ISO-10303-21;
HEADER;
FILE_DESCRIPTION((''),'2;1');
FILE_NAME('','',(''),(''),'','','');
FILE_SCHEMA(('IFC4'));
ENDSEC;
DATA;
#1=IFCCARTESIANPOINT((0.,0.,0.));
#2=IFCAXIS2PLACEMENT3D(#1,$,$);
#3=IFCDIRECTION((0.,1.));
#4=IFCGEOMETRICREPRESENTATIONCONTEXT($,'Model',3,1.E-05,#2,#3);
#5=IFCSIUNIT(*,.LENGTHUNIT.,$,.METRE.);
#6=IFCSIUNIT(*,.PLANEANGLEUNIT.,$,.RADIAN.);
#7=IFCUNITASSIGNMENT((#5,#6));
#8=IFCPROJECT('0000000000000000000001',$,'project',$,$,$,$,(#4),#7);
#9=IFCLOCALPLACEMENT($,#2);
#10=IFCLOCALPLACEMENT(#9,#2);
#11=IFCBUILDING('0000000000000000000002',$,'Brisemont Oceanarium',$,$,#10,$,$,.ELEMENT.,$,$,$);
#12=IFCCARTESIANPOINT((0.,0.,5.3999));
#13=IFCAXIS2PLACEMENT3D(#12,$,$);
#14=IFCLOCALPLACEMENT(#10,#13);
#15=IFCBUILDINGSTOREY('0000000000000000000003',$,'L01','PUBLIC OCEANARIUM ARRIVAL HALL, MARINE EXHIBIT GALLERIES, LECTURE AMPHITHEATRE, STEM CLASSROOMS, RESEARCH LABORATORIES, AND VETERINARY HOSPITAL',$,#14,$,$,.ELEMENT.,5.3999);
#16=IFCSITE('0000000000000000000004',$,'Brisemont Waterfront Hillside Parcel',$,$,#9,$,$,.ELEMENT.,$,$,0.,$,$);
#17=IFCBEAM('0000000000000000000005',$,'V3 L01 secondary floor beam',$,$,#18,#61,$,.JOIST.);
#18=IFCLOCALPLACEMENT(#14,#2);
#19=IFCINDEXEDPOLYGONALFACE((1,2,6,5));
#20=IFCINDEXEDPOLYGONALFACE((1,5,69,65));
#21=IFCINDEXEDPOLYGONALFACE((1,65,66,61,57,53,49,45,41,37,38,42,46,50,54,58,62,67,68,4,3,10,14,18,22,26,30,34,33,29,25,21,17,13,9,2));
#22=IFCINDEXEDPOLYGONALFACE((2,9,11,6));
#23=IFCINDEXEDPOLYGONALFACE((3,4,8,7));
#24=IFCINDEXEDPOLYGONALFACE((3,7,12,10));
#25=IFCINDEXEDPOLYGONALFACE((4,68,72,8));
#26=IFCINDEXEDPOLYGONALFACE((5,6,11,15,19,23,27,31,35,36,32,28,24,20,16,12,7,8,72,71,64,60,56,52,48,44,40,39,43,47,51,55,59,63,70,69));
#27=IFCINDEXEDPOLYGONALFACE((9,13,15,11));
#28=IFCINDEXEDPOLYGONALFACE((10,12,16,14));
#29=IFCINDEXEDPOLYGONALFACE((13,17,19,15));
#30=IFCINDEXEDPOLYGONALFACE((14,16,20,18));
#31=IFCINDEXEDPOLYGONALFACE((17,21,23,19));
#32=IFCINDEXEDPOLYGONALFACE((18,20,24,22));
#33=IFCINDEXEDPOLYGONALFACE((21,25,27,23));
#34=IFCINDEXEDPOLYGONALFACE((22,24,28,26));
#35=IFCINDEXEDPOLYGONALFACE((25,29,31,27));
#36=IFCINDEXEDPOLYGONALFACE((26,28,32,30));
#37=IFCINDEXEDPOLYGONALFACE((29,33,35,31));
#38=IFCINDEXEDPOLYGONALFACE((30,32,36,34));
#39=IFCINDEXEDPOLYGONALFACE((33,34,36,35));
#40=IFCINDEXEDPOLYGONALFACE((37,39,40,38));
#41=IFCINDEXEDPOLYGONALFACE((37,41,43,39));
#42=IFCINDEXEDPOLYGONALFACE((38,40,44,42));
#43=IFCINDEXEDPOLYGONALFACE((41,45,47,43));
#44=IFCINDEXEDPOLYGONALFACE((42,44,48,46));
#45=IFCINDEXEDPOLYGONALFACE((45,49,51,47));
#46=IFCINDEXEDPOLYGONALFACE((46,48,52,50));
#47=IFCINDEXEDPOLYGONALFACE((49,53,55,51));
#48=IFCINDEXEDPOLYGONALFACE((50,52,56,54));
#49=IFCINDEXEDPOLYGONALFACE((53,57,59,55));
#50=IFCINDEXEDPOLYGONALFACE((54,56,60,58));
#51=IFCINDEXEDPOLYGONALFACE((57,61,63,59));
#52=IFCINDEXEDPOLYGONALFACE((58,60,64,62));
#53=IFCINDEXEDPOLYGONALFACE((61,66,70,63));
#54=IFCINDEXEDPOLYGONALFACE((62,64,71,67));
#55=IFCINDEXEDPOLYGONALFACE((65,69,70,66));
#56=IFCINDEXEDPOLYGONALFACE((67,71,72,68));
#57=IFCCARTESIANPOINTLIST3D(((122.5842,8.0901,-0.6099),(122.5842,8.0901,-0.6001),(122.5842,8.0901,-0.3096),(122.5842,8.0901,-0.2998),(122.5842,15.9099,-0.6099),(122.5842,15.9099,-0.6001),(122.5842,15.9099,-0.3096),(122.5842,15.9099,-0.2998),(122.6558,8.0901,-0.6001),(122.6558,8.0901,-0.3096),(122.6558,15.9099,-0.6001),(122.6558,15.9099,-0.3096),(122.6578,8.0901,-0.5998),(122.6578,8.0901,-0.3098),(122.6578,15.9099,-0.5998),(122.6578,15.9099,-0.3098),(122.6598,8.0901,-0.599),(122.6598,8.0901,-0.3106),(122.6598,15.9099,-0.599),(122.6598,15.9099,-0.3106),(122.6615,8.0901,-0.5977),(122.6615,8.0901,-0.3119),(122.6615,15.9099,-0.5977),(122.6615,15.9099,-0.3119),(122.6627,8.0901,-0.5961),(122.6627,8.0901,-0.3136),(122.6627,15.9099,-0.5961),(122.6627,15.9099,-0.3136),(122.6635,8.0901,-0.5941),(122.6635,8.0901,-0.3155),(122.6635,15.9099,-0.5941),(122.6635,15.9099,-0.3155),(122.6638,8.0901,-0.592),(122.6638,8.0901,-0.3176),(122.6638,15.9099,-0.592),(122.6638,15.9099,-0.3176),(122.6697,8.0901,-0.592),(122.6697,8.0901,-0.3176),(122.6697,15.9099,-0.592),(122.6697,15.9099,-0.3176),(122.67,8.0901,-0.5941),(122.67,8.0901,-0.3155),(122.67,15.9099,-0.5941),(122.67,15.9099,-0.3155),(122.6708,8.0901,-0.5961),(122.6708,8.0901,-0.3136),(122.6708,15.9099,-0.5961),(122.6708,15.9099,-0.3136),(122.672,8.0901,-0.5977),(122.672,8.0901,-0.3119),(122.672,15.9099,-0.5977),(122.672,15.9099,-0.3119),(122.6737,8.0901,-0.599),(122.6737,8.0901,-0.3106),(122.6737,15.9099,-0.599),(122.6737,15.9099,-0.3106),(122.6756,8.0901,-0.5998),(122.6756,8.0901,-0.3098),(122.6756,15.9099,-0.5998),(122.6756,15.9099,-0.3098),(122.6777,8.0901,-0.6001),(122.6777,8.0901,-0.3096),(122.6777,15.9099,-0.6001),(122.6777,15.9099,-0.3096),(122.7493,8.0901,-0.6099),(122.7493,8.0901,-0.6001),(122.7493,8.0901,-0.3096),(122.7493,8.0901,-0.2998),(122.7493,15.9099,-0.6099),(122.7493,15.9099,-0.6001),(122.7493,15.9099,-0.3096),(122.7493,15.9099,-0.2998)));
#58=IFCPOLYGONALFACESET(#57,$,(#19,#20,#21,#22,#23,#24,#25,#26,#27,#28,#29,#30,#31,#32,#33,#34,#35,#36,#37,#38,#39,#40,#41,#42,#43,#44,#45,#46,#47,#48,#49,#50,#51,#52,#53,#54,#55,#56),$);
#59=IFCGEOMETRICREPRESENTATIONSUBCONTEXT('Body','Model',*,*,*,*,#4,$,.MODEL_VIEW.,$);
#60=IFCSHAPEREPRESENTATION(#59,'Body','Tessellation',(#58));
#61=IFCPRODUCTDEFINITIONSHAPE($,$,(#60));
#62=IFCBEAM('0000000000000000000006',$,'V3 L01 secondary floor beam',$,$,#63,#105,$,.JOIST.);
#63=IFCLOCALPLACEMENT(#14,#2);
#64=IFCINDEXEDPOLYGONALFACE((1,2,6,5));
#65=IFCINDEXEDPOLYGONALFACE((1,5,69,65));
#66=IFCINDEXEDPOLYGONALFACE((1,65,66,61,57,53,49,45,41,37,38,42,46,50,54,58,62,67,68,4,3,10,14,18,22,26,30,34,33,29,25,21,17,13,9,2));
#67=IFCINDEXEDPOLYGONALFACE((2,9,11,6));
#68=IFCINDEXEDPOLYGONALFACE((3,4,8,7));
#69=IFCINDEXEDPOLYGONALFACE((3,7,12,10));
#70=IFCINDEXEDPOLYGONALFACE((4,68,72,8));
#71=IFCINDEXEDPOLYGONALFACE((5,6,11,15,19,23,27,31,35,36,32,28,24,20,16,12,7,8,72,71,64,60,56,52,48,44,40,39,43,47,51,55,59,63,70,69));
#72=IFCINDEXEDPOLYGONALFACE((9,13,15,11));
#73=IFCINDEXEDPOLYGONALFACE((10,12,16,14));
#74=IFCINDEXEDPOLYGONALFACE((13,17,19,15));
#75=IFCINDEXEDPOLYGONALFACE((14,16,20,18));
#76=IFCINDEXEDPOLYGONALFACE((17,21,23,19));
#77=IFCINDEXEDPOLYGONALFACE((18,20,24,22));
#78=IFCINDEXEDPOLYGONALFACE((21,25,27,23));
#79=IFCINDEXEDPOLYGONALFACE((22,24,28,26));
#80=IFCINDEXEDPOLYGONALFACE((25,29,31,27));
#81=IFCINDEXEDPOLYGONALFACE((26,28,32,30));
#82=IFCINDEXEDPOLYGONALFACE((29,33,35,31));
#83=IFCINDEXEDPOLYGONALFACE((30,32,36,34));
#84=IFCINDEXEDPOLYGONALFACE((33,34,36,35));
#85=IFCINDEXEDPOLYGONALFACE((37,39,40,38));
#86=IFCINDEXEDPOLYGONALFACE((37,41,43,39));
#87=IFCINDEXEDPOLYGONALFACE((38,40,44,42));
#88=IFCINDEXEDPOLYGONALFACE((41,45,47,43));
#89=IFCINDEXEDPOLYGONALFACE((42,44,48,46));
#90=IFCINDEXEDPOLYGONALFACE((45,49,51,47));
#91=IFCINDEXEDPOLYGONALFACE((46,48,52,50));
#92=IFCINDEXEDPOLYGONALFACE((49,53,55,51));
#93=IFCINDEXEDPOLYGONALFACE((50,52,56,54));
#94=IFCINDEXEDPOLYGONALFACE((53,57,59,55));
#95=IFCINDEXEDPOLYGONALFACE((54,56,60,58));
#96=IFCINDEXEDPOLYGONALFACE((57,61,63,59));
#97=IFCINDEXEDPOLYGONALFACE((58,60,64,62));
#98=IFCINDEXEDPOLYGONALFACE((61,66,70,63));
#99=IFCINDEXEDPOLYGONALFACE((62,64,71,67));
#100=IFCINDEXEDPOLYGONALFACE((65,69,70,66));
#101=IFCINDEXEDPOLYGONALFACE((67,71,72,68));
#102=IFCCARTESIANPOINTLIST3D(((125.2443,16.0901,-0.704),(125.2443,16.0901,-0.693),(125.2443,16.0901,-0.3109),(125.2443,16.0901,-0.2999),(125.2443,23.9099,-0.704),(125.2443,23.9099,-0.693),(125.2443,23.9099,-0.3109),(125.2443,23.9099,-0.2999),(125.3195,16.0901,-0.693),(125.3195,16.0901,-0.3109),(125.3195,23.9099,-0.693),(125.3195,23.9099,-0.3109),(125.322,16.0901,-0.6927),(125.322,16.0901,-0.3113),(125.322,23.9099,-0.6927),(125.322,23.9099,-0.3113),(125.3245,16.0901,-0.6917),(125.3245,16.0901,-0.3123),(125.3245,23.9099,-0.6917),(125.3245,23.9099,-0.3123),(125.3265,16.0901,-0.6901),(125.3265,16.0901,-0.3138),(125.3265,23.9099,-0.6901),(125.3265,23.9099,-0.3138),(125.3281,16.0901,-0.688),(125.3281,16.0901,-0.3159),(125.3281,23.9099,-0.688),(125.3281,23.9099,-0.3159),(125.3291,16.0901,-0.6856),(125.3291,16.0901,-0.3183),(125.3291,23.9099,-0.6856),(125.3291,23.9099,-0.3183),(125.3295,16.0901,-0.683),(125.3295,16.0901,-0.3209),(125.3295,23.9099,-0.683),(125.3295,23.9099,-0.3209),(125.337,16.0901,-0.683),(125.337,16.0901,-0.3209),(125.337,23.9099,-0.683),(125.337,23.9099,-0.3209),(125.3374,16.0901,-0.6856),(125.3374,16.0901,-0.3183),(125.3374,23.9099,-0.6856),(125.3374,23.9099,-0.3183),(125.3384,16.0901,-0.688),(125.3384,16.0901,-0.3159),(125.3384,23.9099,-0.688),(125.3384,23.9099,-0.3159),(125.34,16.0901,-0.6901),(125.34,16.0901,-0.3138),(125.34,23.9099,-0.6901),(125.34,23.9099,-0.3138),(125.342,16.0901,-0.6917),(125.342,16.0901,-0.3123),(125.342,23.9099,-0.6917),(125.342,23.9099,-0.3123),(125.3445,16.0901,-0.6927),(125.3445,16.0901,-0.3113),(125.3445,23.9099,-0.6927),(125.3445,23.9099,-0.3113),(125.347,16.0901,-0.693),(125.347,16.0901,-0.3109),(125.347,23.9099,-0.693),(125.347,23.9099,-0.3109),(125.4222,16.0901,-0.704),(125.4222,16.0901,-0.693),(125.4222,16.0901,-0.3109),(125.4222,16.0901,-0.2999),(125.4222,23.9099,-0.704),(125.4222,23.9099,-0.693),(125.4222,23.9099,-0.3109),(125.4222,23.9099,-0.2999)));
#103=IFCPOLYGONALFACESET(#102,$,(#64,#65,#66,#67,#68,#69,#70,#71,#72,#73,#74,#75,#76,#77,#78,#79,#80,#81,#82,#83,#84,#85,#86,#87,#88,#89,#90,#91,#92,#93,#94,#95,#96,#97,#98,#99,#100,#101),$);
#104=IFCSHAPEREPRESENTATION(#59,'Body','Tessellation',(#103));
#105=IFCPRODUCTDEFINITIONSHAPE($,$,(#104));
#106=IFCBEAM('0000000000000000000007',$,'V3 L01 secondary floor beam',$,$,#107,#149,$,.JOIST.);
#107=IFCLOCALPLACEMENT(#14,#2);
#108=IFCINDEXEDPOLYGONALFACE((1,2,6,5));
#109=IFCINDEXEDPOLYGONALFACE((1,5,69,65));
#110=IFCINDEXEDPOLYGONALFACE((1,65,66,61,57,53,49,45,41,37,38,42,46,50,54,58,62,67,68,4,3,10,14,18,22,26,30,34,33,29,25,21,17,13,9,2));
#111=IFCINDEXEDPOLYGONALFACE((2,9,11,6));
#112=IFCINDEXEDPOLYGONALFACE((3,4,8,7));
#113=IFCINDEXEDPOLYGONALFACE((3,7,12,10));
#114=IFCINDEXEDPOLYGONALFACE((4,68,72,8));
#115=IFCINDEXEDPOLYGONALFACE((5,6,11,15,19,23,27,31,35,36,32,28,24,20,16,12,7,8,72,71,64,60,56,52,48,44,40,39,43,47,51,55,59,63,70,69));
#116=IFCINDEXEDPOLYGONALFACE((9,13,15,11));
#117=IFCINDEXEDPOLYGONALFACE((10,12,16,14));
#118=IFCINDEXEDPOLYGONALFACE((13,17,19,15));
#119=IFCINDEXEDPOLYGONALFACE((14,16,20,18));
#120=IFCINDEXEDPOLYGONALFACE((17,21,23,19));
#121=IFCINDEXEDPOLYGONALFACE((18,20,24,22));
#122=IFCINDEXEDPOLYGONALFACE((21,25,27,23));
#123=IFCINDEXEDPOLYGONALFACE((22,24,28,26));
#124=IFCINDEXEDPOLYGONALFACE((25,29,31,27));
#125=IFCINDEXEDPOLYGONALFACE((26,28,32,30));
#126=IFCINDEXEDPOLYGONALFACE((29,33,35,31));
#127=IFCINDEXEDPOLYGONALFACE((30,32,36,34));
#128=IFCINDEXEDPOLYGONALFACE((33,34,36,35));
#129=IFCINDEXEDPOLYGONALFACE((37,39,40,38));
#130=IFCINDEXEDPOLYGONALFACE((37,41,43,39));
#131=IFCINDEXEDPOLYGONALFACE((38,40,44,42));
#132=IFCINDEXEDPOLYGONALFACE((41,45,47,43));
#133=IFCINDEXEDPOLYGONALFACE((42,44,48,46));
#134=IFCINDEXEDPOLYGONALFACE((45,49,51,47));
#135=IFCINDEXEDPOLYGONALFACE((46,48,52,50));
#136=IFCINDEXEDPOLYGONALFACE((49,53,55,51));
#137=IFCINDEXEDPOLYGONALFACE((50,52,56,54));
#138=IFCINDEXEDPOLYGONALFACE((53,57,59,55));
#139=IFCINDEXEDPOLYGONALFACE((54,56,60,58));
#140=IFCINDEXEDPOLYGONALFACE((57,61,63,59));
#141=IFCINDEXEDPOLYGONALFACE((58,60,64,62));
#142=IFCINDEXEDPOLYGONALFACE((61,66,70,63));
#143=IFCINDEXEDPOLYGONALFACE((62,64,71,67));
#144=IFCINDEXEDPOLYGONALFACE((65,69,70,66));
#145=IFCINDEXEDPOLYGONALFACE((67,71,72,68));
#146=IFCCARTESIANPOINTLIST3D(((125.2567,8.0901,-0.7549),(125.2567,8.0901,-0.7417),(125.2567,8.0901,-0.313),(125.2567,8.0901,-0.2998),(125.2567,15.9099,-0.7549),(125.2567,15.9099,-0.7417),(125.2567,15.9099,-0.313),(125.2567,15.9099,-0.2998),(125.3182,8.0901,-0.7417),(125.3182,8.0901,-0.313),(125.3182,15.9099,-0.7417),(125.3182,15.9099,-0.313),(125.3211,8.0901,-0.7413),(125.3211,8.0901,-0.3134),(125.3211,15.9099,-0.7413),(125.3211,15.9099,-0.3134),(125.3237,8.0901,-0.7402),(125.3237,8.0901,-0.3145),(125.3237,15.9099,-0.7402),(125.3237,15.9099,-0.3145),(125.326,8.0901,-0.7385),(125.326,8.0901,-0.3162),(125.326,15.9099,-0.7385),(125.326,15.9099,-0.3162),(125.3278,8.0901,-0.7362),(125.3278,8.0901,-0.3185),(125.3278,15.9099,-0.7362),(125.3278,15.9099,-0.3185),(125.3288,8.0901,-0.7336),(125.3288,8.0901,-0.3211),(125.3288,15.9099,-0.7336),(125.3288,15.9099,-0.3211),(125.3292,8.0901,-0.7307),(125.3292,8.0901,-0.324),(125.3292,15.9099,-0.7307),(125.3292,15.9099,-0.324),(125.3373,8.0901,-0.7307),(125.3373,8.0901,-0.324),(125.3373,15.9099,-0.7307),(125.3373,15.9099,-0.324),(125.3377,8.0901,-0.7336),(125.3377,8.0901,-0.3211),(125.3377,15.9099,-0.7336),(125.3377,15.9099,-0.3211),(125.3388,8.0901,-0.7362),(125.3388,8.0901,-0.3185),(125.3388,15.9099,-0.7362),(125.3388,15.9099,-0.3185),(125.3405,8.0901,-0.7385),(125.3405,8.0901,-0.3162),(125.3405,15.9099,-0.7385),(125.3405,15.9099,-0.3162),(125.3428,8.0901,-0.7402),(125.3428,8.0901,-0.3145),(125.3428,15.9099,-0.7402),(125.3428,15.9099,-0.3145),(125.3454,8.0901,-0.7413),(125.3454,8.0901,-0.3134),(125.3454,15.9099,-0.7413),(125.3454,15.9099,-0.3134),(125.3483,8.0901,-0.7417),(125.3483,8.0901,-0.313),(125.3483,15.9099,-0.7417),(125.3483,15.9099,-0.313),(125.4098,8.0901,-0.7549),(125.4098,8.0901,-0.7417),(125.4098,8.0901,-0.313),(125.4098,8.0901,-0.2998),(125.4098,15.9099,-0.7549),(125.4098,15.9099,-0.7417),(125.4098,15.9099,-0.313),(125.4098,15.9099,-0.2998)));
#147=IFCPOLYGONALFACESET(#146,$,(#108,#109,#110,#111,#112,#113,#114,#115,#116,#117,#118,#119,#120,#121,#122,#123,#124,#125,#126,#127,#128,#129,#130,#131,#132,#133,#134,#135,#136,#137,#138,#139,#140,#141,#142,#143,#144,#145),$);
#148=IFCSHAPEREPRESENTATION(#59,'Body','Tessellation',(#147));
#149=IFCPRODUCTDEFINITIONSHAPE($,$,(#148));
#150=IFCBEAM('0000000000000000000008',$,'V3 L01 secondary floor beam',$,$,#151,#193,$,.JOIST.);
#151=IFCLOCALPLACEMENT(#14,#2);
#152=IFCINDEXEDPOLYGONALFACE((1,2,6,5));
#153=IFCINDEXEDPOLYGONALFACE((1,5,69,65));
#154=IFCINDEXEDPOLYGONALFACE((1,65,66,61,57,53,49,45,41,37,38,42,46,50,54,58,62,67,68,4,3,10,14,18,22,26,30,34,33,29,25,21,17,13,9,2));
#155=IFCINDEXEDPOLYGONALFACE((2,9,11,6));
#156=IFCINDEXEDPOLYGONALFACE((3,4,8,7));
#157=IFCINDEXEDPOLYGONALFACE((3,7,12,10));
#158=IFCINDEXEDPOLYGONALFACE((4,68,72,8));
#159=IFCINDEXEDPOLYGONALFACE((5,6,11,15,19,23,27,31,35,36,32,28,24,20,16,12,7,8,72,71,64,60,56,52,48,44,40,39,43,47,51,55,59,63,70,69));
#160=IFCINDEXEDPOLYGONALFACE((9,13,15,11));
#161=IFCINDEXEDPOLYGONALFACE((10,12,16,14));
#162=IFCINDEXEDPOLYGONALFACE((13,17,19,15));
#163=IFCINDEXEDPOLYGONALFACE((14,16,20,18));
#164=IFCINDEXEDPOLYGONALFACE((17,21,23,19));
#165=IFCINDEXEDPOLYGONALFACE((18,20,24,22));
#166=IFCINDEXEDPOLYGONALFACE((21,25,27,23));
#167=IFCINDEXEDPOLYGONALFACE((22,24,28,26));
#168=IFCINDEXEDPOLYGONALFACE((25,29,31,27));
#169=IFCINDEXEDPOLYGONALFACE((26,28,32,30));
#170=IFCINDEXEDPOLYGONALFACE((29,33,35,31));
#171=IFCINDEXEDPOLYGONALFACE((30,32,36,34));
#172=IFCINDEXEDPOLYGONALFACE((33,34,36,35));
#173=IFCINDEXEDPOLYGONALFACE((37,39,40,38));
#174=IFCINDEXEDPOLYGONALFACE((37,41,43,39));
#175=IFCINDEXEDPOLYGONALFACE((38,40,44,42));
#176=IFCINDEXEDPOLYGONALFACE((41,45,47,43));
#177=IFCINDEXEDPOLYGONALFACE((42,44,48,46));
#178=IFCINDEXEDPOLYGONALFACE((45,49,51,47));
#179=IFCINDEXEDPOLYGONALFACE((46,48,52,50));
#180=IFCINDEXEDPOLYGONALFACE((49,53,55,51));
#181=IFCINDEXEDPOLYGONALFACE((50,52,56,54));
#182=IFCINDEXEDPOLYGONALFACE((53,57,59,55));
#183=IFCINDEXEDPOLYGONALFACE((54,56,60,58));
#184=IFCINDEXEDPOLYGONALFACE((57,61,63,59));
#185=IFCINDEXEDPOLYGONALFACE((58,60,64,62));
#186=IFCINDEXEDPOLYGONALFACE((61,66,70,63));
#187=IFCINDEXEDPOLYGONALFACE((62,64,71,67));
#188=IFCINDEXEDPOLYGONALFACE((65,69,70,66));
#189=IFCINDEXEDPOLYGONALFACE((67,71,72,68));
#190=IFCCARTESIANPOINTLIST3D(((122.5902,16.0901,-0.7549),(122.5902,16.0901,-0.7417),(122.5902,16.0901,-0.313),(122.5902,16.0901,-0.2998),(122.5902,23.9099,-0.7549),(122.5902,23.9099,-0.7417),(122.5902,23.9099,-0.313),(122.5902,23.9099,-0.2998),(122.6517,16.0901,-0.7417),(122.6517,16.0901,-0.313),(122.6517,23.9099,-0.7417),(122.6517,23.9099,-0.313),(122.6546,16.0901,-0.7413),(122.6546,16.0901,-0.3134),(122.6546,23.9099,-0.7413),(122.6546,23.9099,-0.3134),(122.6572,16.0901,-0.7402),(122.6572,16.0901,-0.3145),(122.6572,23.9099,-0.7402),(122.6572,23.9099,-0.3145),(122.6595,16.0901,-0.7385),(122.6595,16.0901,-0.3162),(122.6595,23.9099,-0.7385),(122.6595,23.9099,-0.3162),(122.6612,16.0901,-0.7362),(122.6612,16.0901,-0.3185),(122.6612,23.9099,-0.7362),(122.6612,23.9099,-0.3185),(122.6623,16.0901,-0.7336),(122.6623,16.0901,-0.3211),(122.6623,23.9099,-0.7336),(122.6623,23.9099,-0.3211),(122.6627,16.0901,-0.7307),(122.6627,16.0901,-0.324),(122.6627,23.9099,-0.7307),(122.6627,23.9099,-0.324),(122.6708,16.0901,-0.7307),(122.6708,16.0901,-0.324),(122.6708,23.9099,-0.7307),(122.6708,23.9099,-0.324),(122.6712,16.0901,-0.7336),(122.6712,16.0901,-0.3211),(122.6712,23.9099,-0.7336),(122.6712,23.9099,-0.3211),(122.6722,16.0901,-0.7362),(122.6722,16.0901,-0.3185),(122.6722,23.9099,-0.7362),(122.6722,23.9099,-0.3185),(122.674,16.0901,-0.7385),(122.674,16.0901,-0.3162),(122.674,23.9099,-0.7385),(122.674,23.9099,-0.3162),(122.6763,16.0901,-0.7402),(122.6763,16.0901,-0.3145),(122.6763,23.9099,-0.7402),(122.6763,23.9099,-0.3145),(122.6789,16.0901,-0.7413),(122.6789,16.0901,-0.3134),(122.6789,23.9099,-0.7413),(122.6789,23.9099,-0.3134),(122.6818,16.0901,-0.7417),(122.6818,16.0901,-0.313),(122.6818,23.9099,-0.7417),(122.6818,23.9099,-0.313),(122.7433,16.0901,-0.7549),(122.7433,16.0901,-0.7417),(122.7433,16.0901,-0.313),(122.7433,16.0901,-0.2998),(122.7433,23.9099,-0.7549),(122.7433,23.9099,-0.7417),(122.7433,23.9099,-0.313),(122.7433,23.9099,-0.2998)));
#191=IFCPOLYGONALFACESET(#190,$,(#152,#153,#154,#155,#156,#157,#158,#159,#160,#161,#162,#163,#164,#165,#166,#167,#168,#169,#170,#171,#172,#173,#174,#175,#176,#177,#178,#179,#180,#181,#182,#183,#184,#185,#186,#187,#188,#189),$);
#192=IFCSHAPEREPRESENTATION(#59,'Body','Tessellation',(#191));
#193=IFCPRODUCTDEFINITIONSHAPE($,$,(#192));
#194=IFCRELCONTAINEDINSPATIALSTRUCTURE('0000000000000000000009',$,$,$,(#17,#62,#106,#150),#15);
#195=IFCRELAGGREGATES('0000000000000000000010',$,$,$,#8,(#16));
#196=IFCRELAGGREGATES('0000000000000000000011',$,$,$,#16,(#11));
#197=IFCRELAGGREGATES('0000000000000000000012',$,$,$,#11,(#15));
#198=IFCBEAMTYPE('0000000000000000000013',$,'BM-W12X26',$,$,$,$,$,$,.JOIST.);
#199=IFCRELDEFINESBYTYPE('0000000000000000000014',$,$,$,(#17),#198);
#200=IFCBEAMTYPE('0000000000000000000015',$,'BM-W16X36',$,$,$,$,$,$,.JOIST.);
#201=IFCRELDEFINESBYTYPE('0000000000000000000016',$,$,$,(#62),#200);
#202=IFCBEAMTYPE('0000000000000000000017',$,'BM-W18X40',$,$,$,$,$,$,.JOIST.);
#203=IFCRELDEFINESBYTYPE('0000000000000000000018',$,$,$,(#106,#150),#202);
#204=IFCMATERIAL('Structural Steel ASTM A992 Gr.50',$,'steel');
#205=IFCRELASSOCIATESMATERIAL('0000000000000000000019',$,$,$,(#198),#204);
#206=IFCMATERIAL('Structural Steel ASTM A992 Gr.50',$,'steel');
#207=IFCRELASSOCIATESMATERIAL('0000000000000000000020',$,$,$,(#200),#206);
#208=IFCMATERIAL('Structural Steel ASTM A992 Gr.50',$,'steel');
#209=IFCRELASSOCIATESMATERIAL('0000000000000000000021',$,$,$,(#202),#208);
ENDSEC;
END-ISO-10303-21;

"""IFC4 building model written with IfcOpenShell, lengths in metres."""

from ifc_helpers import new_model, si_unit, direction, frame, origin, origin_2d, place, context, subcontext, project, spatial, i_section, extrude, material, material_profile, profile_set, type_object, element, save


model = new_model("IFC4")

# Units and contexts
model_context = context("Model", 3, precision=1e-05, world=origin(), true_north=direction((0.0, 1.0)))
body_context = subcontext(model_context, "Body", "Model", "MODEL_VIEW")
ifc_project = project(units=[si_unit("LENGTHUNIT", "METRE"), si_unit("PLANEANGLEUNIT", "RADIAN")], contexts=[model_context])

# Site, building, storey
site_placement = place(None, origin())
site = spatial("IfcSite", under=ifc_project, at=site_placement, Name="Brisemont Waterfront Hillside Parcel", CompositionType="ELEMENT", RefElevation=0.0)
building_placement = place(site_placement, origin())
building = spatial("IfcBuilding", under=site, at=building_placement, Name="Brisemont Oceanarium", CompositionType="ELEMENT")
storey_placement = place(building_placement, frame((0.0, 0.0, 5.3999)))
storey = spatial("IfcBuildingStorey", under=building, at=storey_placement, Name="L01", Description="PUBLIC OCEANARIUM ARRIVAL HALL, MARINE EXHIBIT GALLERIES, LECTURE AMPHITHEATRE, STEM CLASSROOMS, RESEARCH LABORATORIES, AND VETERINARY HOSPITAL", CompositionType="ELEMENT", Elevation=5.3999)

# Beams
ifc_material_1 = material(Name="Structural Steel ASTM A992 Gr.50", Category="steel")
ifc_material_profile_1 = material_profile(ifc_material_1, i_section(OverallWidth=0.165, OverallDepth=0.3101, WebThickness=0.0059, FlangeThickness=0.0098, FilletRadius=0.0081, at=origin_2d()), Name="W12X26")
ifc_profile_set_1 = profile_set([ifc_material_profile_1], Name="Structural Steel ASTM A992 Gr.50")
beam_type_1 = type_object("IfcBeamType", Name="BM-W12X26", PredefinedType="JOIST", material=ifc_profile_set_1)
beam_1_placement = place(storey_placement, frame((122.6667, 8.0901, -0.4548), z_axis=(0.0, 1.0, 0.0), x_axis=(-1.0, 0.0, 0.0)))
element("IfcBeam", 1, at=beam_1_placement, inside=storey, type_object=beam_type_1, Name="V3 L01 secondary floor beam", PredefinedType="JOIST", context=body_context, shape_type="SweptSolid", body=[
    extrude(i_section(OverallWidth=0.165, OverallDepth=0.3101, WebThickness=0.0059, FlangeThickness=0.0098, FilletRadius=0.0081, at=origin_2d()), origin(), (0.0, 0.0, 1.0), 7.8198),
])
ifc_material_2 = material(Name="Structural Steel ASTM A992 Gr.50", Category="steel")
ifc_material_profile_2 = material_profile(ifc_material_2, i_section(OverallWidth=0.178, OverallDepth=0.4041, WebThickness=0.0076, FlangeThickness=0.011, FilletRadius=0.01, at=origin_2d()), Name="W16X36")
ifc_profile_set_2 = profile_set([ifc_material_profile_2], Name="Structural Steel ASTM A992 Gr.50")
beam_type_2 = type_object("IfcBeamType", Name="BM-W16X36", PredefinedType="JOIST", material=ifc_profile_set_2)
beam_2_placement = place(storey_placement, frame((125.3333, 16.0901, -0.502), z_axis=(0.0, 1.0, 0.0), x_axis=(-1.0, 0.0, 0.0)))
element("IfcBeam", 2, at=beam_2_placement, inside=storey, type_object=beam_type_2, Name="V3 L01 secondary floor beam", PredefinedType="JOIST", context=body_context, shape_type="SweptSolid", body=[
    extrude(i_section(OverallWidth=0.178, OverallDepth=0.4041, WebThickness=0.0076, FlangeThickness=0.011, FilletRadius=0.01, at=origin_2d()), origin(), (0.0, 0.0, 1.0), 7.8198),
])
ifc_material_3 = material(Name="Structural Steel ASTM A992 Gr.50", Category="steel")
ifc_material_profile_3 = material_profile(ifc_material_3, i_section(OverallWidth=0.1531, OverallDepth=0.4551, WebThickness=0.0081, FlangeThickness=0.0132, FilletRadius=0.011, at=origin_2d()), Name="W18X40")
ifc_profile_set_3 = profile_set([ifc_material_profile_3], Name="Structural Steel ASTM A992 Gr.50")
beam_type_3 = type_object("IfcBeamType", Name="BM-W18X40", PredefinedType="JOIST", material=ifc_profile_set_3)
for number, where, z_axis, x_axis, name in (
    (3, (125.3333, 8.0901, -0.5273), (0.0, 1.0, 0.0), (-1.0, 0.0, 0.0), "V3 L01 secondary floor beam"),
    (4, (122.6667, 16.0901, -0.5273), (0.0, 1.0, 0.0), (-1.0, 0.0, 0.0), "V3 L01 secondary floor beam"),
):
    element("IfcBeam", number, at=place(storey_placement, frame(where, z_axis=z_axis, x_axis=x_axis)), inside=storey, type_object=beam_type_3, Name=name, PredefinedType="JOIST", context=body_context, shape_type="SweptSolid", body=[
        extrude(i_section(OverallWidth=0.1531, OverallDepth=0.4551, WebThickness=0.0081, FlangeThickness=0.0132, FilletRadius=0.011, at=origin_2d()), origin(), (0.0, 0.0, 1.0), 7.8198),
    ])

save(model, "model.ifc")
